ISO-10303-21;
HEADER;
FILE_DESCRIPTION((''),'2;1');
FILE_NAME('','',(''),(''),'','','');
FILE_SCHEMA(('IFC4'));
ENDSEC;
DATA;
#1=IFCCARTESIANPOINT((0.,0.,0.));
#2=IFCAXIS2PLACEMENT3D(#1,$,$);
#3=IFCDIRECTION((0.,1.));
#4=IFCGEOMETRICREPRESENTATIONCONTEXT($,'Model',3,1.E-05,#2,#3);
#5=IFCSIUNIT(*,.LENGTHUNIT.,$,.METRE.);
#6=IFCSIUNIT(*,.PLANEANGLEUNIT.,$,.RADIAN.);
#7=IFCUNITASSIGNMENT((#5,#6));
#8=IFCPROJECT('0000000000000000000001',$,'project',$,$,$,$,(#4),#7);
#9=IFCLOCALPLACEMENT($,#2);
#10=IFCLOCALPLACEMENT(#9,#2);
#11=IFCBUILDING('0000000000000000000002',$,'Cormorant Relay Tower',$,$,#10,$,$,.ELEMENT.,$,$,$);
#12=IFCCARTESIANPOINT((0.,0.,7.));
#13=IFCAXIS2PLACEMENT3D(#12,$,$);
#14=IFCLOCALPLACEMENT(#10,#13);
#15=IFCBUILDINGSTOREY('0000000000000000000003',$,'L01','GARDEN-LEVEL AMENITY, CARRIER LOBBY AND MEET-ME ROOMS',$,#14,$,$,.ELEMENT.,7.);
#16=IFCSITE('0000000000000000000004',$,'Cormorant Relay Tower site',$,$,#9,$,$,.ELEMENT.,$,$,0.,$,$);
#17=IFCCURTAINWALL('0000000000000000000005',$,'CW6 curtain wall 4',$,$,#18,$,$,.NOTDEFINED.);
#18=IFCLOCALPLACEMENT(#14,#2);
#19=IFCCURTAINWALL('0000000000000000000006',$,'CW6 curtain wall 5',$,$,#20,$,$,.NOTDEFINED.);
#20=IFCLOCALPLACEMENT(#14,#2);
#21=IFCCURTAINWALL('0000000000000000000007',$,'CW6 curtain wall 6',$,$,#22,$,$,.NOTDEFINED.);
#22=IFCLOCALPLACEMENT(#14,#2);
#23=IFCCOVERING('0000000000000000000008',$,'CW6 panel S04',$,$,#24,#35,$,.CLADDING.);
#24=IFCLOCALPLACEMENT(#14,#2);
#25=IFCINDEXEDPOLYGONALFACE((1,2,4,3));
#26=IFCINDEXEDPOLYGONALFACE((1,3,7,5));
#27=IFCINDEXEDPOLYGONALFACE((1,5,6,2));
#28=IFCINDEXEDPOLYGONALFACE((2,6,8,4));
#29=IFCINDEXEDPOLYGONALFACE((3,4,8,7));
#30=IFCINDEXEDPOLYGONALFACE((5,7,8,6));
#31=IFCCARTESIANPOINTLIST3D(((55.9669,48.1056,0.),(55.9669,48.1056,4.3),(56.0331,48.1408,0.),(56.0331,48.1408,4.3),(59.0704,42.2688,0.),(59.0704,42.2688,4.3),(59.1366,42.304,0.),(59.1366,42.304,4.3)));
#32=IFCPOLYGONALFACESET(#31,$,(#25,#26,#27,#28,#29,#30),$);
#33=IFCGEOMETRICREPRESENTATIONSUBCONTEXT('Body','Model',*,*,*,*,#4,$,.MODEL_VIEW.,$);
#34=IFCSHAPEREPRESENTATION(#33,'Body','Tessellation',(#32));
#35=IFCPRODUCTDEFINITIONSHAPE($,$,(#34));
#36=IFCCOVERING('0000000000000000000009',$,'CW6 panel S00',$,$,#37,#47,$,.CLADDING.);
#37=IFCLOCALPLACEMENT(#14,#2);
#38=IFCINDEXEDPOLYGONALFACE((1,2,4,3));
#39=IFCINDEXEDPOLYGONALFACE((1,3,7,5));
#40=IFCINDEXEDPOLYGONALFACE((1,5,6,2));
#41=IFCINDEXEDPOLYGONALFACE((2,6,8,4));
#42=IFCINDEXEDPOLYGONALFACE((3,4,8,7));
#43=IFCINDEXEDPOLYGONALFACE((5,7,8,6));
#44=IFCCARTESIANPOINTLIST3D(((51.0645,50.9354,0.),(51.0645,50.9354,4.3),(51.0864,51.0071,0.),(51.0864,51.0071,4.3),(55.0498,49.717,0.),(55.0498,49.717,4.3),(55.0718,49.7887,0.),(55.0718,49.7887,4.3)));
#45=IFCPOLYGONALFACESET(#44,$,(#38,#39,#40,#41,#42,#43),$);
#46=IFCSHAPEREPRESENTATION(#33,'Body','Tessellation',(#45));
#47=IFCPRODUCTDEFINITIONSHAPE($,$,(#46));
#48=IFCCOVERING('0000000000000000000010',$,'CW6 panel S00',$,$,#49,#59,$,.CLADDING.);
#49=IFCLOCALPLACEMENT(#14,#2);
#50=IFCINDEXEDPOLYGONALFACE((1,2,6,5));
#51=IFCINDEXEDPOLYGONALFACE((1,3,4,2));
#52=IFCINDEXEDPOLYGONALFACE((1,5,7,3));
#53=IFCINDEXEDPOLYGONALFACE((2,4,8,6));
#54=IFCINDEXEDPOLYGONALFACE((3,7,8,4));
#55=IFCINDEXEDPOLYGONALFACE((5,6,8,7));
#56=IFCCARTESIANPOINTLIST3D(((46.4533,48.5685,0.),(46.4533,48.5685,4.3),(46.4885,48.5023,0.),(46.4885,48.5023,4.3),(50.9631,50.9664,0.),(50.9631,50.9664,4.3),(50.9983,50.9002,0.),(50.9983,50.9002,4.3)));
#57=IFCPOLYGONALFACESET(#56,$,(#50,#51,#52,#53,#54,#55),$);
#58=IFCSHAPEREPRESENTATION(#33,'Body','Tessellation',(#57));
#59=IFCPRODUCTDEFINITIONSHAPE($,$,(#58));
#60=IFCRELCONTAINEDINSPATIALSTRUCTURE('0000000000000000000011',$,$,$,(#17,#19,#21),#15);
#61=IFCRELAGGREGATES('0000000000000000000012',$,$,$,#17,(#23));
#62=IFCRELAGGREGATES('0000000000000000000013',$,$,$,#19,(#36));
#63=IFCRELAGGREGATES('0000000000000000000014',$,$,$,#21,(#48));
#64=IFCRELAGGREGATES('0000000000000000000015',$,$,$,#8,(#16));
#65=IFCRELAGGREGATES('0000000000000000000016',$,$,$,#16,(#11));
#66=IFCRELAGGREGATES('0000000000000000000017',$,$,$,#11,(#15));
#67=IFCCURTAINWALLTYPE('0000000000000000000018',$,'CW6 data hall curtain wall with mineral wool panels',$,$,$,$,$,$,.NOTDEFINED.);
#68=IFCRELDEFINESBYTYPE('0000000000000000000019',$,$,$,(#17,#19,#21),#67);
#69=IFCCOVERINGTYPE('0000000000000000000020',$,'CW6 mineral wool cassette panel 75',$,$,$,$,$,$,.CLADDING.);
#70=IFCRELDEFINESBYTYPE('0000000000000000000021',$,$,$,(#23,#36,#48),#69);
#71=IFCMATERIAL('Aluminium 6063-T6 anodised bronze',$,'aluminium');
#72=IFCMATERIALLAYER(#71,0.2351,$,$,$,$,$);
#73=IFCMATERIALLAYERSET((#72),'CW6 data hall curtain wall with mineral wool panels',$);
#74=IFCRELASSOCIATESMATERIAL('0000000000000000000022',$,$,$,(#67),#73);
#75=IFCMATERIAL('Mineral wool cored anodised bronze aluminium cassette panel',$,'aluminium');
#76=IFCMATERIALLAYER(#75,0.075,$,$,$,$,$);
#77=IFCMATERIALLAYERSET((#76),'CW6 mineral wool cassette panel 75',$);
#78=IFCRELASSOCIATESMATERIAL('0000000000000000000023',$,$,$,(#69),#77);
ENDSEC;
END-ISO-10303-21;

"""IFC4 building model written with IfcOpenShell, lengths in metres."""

from ifc_helpers import new_model, si_unit, direction, frame, origin, origin_2d, place, context, subcontext, project, spatial, rectangle, extrude, material, layer, layer_set, type_object, element, aggregate, save


model = new_model("IFC4")

# Units and contexts
model_context = context("Model", 3, precision=1e-05, world=origin(), true_north=direction((0.0, 1.0)))
body_context = subcontext(model_context, "Body", "Model", "MODEL_VIEW")
ifc_project = project(units=[si_unit("LENGTHUNIT", "METRE"), si_unit("PLANEANGLEUNIT", "RADIAN")], contexts=[model_context])

# Site, building, storey
site_placement = place(None, origin())
site = spatial("IfcSite", under=ifc_project, at=site_placement, Name="Cormorant Relay Tower site", CompositionType="ELEMENT", RefElevation=0.0)
building_placement = place(site_placement, origin())
building = spatial("IfcBuilding", under=site, at=building_placement, Name="Cormorant Relay Tower", CompositionType="ELEMENT")
storey_placement = place(building_placement, frame((0.0, 0.0, 7.0)))
storey = spatial("IfcBuildingStorey", under=building, at=storey_placement, Name="L01", Description="GARDEN-LEVEL AMENITY, CARRIER LOBBY AND MEET-ME ROOMS", CompositionType="ELEMENT", Elevation=7.0)

# Curtain wall
ifc_material_1 = material(Name="Aluminium 6063-T6 anodised bronze", Category="aluminium")
ifc_layer_1 = layer(ifc_material_1, 0.2351)
ifc_layer_set_1 = layer_set([ifc_layer_1], Name="CW6 data hall curtain wall with mineral wool panels")
curtain_wall_type = type_object("IfcCurtainWallType", Name="CW6 data hall curtain wall with mineral wool panels", PredefinedType="NOTDEFINED", material=ifc_layer_set_1)
curtain_wall_1_placement = place(storey_placement, origin())
curtain_wall_1 = element("IfcCurtainWall", 1, at=curtain_wall_1_placement, inside=storey, type_object=curtain_wall_type, Name="CW6 curtain wall 4", PredefinedType="NOTDEFINED")

# Curtain wall
curtain_wall_2_placement = place(storey_placement, origin())
curtain_wall_2 = element("IfcCurtainWall", 2, at=curtain_wall_2_placement, inside=storey, type_object=curtain_wall_type, Name="CW6 curtain wall 5", PredefinedType="NOTDEFINED")

# Curtain wall
curtain_wall_3_placement = place(storey_placement, origin())
curtain_wall_3 = element("IfcCurtainWall", 3, at=curtain_wall_3_placement, inside=storey, type_object=curtain_wall_type, Name="CW6 curtain wall 6", PredefinedType="NOTDEFINED")

# Coverings
ifc_material_2 = material(Name="Mineral wool cored anodised bronze aluminium cassette panel", Category="aluminium")
ifc_layer_2 = layer(ifc_material_2, 0.075)
ifc_layer_set_2 = layer_set([ifc_layer_2], Name="CW6 mineral wool cassette panel 75")
covering_type = type_object("IfcCoveringType", Name="CW6 mineral wool cassette panel 75", PredefinedType="CLADDING", material=ifc_layer_set_2)
covering_1_placement = place(storey_placement, frame((57.5518, 45.2048, 0.0), z_axis=(0.0, 0.0, 1.0), x_axis=(-0.469472, 0.882948, 0.0)))
covering_1 = element("IfcCovering", 4, at=covering_1_placement, type_object=covering_type, Name="CW6 panel S04", PredefinedType="CLADDING", context=body_context, shape_type="SweptSolid", body=[
    extrude(rectangle(XDim=6.6106, YDim=0.075, at=origin_2d()), origin(), (0.0, 0.0, 1.0), 4.3),
])
aggregate(curtain_wall_1, [covering_1])
covering_2_placement = place(storey_placement, frame((53.0681, 50.3621, 0.0), z_axis=(0.0, 0.0, 1.0), x_axis=(-0.956305, 0.292372, 0.0)))
covering_2 = element("IfcCovering", 5, at=covering_2_placement, type_object=covering_type, Name="CW6 panel S00", PredefinedType="CLADDING", context=body_context, shape_type="SweptSolid", body=[
    extrude(rectangle(XDim=4.1675, YDim=0.075, at=origin_2d()), origin(), (0.0, 0.0, 1.0), 4.3),
])
aggregate(curtain_wall_2, [covering_2])
covering_3_placement = place(storey_placement, frame((48.7258, 49.7344, 0.0), z_axis=(0.0, 0.0, 1.0), x_axis=(-0.882948, -0.469472, 0.0)))
covering_3 = element("IfcCovering", 6, at=covering_3_placement, type_object=covering_type, Name="CW6 panel S00", PredefinedType="CLADDING", context=body_context, shape_type="SweptSolid", body=[
    extrude(rectangle(XDim=5.1077, YDim=0.075, at=origin_2d()), origin(), (0.0, 0.0, 1.0), 4.3),
])
aggregate(curtain_wall_3, [covering_3])

save(model, "model.ifc")
